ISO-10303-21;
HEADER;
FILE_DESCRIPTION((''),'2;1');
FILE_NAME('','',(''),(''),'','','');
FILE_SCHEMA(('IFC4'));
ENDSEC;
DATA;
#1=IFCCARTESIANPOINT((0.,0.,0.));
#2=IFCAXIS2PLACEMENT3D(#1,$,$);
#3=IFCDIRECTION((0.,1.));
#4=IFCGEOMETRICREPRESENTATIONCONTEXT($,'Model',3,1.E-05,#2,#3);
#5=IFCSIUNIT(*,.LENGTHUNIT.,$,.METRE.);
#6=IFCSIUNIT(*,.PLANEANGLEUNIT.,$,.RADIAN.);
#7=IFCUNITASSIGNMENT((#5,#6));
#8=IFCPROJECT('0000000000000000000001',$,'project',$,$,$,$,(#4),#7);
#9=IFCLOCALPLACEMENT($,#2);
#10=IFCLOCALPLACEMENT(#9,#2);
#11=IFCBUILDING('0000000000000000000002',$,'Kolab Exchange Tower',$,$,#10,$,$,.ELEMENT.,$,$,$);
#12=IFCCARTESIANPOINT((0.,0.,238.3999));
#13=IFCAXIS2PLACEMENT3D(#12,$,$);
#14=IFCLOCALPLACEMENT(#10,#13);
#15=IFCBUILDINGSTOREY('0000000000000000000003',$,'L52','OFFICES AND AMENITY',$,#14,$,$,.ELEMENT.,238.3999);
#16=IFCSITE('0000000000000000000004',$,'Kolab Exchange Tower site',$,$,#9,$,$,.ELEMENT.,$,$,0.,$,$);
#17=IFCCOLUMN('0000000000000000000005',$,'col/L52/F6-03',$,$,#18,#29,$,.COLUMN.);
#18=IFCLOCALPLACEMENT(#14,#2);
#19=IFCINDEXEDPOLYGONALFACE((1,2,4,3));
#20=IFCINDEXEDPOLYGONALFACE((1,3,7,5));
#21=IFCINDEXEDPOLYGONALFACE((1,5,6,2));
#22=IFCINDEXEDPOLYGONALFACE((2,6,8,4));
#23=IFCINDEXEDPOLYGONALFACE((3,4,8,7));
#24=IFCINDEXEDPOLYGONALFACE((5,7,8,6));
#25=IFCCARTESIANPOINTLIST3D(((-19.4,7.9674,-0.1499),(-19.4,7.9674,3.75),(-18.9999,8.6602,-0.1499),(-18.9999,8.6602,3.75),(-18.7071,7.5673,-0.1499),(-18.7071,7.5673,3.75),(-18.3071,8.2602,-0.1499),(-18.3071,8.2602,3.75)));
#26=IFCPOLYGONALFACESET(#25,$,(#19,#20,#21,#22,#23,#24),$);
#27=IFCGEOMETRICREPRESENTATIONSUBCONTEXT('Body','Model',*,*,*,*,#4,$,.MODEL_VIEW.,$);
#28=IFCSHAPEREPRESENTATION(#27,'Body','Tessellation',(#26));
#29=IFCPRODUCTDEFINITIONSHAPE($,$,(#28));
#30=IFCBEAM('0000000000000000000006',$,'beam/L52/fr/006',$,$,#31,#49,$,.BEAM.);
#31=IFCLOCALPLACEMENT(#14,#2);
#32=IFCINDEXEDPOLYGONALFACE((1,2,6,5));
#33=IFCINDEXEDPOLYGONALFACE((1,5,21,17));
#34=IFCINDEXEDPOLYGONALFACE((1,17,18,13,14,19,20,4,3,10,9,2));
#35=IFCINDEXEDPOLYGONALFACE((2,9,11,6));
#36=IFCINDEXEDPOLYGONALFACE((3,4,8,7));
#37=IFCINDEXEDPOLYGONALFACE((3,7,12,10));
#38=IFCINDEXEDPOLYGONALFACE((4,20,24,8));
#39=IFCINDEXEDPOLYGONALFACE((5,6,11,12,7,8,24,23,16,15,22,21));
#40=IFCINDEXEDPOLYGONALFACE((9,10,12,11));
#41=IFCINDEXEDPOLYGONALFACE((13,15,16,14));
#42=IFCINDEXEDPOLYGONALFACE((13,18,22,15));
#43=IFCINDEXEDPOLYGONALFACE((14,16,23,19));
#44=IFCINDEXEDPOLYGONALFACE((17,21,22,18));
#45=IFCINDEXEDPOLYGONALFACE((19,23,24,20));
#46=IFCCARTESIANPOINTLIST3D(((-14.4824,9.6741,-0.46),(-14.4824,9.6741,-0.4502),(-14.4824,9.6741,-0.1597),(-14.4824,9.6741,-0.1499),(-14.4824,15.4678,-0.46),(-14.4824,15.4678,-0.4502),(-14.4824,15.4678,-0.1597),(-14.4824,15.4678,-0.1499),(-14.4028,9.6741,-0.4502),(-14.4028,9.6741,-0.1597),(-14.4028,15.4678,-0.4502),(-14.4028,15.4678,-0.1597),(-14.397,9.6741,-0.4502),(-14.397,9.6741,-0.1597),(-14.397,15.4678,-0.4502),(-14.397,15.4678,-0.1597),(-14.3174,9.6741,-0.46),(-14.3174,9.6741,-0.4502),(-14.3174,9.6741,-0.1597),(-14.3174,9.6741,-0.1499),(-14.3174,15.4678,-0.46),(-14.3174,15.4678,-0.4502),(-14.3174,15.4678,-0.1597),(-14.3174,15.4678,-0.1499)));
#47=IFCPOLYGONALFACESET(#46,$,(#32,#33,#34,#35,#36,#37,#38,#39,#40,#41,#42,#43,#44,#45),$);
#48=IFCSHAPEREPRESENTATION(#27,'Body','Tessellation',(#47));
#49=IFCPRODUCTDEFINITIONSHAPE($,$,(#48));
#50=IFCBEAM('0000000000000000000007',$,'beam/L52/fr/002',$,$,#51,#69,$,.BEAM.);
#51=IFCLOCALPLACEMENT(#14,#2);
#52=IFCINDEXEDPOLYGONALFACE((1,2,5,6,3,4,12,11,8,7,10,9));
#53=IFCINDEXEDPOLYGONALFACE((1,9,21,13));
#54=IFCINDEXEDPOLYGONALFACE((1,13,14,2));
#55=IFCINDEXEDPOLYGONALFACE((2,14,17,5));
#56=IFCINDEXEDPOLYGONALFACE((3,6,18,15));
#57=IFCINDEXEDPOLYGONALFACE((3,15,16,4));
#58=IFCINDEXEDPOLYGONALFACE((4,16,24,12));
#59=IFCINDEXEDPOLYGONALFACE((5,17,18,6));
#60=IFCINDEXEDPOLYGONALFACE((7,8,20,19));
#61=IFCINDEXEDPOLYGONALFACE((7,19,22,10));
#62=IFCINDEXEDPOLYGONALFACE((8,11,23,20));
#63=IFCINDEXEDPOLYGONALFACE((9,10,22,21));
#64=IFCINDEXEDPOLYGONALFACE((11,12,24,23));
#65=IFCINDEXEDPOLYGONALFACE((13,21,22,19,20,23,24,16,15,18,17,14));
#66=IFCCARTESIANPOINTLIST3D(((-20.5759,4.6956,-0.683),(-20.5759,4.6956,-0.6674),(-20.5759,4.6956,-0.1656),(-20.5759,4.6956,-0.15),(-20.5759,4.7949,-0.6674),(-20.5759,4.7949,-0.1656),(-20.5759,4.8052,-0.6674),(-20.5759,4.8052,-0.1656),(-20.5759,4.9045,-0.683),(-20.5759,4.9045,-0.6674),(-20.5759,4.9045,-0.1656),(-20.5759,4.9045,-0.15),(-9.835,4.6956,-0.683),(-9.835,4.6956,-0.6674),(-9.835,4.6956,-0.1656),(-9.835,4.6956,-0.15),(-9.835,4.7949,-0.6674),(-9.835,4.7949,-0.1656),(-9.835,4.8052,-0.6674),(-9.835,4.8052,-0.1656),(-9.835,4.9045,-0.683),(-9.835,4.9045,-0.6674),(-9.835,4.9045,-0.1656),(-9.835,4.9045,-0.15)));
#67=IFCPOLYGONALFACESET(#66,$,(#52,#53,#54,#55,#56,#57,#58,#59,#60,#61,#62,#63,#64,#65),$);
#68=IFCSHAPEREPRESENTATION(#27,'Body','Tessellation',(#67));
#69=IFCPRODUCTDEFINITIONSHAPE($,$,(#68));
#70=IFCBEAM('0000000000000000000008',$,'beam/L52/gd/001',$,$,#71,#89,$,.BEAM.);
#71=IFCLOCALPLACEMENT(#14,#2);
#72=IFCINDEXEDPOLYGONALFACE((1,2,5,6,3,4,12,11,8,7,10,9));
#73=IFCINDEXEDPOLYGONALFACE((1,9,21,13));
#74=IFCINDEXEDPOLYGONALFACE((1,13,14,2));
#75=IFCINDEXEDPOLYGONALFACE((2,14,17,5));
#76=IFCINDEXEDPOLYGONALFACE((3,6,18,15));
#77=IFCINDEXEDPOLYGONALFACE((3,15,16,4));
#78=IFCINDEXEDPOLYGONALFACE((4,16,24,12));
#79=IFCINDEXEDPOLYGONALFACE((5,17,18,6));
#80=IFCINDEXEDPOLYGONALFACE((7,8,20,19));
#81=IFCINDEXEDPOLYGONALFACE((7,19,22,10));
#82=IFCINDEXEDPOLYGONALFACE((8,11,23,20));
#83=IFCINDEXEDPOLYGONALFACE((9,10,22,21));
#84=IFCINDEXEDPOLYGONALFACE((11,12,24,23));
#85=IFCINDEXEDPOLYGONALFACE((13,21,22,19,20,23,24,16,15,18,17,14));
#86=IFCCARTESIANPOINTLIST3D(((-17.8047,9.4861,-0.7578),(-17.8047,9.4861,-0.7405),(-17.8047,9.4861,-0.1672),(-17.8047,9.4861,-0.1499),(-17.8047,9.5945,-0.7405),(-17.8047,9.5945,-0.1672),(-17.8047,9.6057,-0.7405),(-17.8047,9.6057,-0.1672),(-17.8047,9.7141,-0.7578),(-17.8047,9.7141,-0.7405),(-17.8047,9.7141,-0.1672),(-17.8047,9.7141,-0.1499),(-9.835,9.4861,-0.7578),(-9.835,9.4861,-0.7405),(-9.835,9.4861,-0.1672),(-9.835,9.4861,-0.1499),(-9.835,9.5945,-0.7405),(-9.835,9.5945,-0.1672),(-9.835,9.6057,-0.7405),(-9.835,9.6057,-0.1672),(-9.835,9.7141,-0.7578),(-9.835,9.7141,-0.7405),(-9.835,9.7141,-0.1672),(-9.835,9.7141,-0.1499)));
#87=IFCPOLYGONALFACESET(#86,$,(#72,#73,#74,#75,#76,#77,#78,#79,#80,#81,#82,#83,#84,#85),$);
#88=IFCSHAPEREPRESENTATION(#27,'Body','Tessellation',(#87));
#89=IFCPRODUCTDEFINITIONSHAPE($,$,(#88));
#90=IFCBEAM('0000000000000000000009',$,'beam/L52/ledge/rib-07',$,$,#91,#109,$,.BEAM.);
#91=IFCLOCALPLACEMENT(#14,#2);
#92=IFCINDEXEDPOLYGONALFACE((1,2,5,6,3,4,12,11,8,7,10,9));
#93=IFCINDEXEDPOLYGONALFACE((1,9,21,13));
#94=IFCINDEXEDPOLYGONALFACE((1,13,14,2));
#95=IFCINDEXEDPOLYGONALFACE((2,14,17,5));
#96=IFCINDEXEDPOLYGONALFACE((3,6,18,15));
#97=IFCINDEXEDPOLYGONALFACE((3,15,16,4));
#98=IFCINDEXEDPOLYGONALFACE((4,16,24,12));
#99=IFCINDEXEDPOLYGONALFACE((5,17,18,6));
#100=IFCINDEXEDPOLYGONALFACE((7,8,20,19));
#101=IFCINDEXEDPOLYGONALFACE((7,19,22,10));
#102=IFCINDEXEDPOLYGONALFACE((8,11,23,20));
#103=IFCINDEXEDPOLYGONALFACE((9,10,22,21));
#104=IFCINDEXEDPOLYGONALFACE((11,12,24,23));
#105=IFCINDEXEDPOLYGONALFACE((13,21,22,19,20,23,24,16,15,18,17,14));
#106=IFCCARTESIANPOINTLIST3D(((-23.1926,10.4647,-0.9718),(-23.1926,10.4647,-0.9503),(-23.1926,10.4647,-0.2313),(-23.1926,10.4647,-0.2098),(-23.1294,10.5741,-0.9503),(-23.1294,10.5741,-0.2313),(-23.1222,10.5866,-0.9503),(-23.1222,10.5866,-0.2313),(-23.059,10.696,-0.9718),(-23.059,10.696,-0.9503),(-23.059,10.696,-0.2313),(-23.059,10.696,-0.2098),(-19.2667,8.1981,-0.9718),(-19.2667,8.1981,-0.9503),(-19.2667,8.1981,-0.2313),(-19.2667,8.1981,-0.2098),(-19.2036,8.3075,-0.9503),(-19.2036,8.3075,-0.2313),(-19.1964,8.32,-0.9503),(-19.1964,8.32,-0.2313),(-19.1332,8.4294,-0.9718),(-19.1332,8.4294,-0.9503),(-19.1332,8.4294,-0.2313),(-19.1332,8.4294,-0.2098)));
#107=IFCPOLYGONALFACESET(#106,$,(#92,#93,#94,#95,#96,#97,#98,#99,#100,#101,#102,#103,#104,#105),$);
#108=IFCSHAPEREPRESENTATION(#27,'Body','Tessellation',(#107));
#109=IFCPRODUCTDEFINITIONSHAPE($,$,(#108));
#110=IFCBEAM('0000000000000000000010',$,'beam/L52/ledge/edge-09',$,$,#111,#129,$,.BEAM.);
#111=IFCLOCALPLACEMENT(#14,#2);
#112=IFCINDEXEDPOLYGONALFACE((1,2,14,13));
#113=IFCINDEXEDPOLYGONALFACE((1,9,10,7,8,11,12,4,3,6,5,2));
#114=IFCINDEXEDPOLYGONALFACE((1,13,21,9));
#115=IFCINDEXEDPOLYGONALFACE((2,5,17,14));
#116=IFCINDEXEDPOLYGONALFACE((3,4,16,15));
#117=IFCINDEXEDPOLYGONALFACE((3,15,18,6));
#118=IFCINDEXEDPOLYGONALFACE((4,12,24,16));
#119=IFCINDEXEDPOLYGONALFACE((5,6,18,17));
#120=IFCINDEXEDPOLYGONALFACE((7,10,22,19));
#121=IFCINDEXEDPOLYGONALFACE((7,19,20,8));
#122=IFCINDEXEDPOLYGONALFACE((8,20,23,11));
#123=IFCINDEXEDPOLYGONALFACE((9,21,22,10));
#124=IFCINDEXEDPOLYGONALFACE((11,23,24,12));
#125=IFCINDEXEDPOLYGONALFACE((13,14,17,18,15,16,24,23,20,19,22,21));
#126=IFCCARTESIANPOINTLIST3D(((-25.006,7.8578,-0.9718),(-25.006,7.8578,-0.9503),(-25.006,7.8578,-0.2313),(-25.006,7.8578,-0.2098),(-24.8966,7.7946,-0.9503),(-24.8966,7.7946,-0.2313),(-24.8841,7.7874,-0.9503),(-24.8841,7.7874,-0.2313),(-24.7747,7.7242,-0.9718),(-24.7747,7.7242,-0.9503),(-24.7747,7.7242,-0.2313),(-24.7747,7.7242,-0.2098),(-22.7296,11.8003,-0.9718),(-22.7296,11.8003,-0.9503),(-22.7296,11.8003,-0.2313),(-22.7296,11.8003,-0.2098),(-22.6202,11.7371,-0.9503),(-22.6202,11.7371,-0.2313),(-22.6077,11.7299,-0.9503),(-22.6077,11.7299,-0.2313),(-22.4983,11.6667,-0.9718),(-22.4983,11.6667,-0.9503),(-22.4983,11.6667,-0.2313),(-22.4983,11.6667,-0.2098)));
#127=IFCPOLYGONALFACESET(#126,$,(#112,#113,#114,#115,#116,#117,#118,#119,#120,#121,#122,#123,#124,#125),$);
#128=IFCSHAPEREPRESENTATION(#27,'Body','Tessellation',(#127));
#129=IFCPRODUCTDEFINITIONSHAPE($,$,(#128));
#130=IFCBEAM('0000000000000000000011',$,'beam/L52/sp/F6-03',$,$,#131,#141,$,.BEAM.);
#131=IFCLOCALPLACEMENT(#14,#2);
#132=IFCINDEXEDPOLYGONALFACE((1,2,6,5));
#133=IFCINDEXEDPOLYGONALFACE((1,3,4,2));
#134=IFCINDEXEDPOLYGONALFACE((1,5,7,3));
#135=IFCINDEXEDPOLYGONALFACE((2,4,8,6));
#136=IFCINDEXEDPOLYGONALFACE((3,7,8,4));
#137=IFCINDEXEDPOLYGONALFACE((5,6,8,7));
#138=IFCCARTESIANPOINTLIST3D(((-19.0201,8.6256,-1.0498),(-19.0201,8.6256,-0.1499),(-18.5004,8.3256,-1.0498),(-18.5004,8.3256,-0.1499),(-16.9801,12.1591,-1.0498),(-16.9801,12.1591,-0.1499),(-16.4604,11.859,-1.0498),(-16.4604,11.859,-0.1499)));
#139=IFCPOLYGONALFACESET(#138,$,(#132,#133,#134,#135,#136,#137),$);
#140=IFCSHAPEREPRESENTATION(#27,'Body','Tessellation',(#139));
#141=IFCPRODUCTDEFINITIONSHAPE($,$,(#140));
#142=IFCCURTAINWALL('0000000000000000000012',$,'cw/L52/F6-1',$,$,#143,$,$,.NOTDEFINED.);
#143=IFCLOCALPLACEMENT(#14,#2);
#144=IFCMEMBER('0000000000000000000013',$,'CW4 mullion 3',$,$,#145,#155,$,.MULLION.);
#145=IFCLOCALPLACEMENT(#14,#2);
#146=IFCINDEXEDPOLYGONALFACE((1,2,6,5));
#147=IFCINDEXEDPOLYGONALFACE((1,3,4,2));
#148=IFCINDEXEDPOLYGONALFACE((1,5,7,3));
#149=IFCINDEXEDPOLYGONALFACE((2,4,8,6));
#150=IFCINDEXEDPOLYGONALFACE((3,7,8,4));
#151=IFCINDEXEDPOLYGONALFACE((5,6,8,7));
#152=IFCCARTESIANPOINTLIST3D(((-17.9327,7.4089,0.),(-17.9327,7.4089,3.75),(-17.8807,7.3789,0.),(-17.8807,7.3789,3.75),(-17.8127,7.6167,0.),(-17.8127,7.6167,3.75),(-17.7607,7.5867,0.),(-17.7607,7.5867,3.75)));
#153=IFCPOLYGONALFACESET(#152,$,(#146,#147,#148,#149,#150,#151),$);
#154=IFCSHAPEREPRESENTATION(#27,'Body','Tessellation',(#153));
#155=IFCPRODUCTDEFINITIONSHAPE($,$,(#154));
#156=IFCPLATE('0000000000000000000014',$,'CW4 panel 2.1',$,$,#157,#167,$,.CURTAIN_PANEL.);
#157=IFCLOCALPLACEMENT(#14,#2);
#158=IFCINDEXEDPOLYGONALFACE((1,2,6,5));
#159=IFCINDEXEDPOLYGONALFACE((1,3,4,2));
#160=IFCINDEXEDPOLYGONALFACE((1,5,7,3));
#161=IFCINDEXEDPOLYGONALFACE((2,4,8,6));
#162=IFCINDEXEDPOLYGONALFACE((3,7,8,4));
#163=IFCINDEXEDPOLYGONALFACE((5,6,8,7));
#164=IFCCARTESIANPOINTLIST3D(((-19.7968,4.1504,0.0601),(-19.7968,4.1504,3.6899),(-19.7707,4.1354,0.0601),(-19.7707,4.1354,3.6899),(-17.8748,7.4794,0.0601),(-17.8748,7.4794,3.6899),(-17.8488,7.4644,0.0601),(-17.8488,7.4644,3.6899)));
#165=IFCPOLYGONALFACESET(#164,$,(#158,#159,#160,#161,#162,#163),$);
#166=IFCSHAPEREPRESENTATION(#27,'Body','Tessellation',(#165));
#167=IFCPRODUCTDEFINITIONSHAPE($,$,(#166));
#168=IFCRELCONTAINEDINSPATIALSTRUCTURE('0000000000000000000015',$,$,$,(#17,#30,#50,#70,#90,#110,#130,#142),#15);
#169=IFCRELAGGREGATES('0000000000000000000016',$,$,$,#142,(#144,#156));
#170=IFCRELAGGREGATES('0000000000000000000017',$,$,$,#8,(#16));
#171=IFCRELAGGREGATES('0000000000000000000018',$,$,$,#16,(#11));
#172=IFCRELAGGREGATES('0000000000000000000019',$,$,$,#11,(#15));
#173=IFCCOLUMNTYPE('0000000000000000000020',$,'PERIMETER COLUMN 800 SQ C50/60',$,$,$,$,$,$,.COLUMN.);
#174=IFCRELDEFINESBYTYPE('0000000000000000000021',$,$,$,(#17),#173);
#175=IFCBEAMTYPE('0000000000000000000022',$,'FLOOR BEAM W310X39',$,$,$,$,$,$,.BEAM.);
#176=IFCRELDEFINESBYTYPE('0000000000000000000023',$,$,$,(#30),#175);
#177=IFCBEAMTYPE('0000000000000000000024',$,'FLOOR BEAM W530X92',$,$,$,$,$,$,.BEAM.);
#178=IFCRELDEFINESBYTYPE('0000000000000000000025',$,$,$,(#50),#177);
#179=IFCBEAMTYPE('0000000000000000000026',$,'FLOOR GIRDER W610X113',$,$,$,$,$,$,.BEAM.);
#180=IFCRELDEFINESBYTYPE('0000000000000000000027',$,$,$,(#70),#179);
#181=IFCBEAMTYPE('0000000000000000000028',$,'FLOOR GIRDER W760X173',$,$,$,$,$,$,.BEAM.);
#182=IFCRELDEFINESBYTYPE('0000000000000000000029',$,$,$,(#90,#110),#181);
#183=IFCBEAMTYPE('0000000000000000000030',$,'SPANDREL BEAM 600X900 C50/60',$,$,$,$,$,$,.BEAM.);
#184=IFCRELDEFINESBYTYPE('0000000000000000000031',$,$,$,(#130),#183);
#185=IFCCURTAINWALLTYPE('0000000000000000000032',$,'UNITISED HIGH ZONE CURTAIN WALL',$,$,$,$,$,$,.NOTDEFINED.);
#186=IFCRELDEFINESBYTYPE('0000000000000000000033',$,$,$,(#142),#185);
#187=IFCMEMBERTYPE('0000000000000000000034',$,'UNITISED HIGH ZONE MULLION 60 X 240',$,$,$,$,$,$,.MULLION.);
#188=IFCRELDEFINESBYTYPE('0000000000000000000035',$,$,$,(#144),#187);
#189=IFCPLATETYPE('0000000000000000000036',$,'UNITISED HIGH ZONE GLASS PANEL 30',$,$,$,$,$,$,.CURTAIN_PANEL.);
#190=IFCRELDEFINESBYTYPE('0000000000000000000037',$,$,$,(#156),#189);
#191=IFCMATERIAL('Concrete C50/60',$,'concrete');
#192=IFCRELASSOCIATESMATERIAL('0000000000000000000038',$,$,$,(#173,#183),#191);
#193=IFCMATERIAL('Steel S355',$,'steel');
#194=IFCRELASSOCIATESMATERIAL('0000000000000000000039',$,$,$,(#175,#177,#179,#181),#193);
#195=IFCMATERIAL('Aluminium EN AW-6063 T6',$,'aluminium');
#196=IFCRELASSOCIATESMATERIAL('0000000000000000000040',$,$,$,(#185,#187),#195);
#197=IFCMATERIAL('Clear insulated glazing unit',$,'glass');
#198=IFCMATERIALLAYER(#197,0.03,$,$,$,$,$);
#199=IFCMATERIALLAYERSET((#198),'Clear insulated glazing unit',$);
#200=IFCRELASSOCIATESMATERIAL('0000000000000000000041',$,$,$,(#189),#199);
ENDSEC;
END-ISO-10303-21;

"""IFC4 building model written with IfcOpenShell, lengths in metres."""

from ifc_helpers import new_model, si_unit, direction, frame, origin, origin_2d, place, context, subcontext, project, spatial, rectangle, i_section, extrude, material, layer, layer_set, material_profile, profile_set, type_object, element, aggregate, save


model = new_model("IFC4")

# Units and contexts
model_context = context("Model", 3, precision=1e-05, world=origin(), true_north=direction((0.0, 1.0)))
body_context = subcontext(model_context, "Body", "Model", "MODEL_VIEW")
ifc_project = project(units=[si_unit("LENGTHUNIT", "METRE"), si_unit("PLANEANGLEUNIT", "RADIAN")], contexts=[model_context])

# Site, building, storey
site_placement = place(None, origin())
site = spatial("IfcSite", under=ifc_project, at=site_placement, Name="Kolab Exchange Tower site", CompositionType="ELEMENT", RefElevation=0.0)
building_placement = place(site_placement, origin())
building = spatial("IfcBuilding", under=site, at=building_placement, Name="Kolab Exchange Tower", CompositionType="ELEMENT")
storey_placement = place(building_placement, frame((0.0, 0.0, 238.3999)))
storey = spatial("IfcBuildingStorey", under=building, at=storey_placement, Name="L52", Description="OFFICES AND AMENITY", CompositionType="ELEMENT", Elevation=238.3999)

# Column
ifc_material_1 = material(Name="Concrete C50/60", Category="concrete")
ifc_material_profile_1 = material_profile(ifc_material_1, rectangle(XDim=0.8, YDim=0.8, at=origin_2d()), Name="RC800")
ifc_profile_set_1 = profile_set([ifc_material_profile_1], Name="Concrete C50/60")
column_type = type_object("IfcColumnType", Name="PERIMETER COLUMN 800 SQ C50/60", PredefinedType="COLUMN", material=ifc_profile_set_1)
column_placement = place(storey_placement, frame((-18.8535, 8.1138, -0.1499), z_axis=(0.0, 0.0, 1.0), x_axis=(0.5, 0.866025, 0.0)))
element("IfcColumn", 1, at=column_placement, inside=storey, type_object=column_type, Name="col/L52/F6-03", PredefinedType="COLUMN", context=body_context, shape_type="SweptSolid", body=[
    extrude(rectangle(XDim=0.8, YDim=0.8, at=origin_2d()), origin(), (0.0, 0.0, 1.0), 3.8999),
])

# Beams
ifc_material_2 = material(Name="Steel S355", Category="steel")
ifc_material_profile_2 = material_profile(ifc_material_2, i_section(OverallWidth=0.165, OverallDepth=0.3101, WebThickness=0.0059, FlangeThickness=0.0098, at=origin_2d()), Name="W310X39")
ifc_profile_set_2 = profile_set([ifc_material_profile_2], Name="Steel S355")
beam_type_1 = type_object("IfcBeamType", Name="FLOOR BEAM W310X39", PredefinedType="BEAM", material=ifc_profile_set_2)
beam_1_placement = place(storey_placement, frame((-14.3999, 9.6741, -0.3049), z_axis=(0.0, 1.0, 0.0), x_axis=(-1.0, 0.0, 0.0)))
element("IfcBeam", 2, at=beam_1_placement, inside=storey, type_object=beam_type_1, Name="beam/L52/fr/006", PredefinedType="BEAM", context=body_context, shape_type="SweptSolid", body=[
    extrude(i_section(OverallWidth=0.165, OverallDepth=0.3101, WebThickness=0.0059, FlangeThickness=0.0098, at=origin_2d()), origin(), (0.0, 0.0, 1.0), 5.7937),
])
ifc_material_profile_3 = material_profile(ifc_material_2, i_section(OverallWidth=0.209, OverallDepth=0.533, WebThickness=0.0103, FlangeThickness=0.0156, at=origin_2d()), Name="W530X92")
ifc_profile_set_3 = profile_set([ifc_material_profile_3], Name="Steel S355")
beam_type_2 = type_object("IfcBeamType", Name="FLOOR BEAM W530X92", PredefinedType="BEAM", material=ifc_profile_set_3)
beam_2_placement = place(storey_placement, frame((-20.5759, 4.8, -0.4165), z_axis=(1.0, 0.0, 0.0), x_axis=(0.0, 1.0, 0.0)))
element("IfcBeam", 3, at=beam_2_placement, inside=storey, type_object=beam_type_2, Name="beam/L52/fr/002", PredefinedType="BEAM", context=body_context, shape_type="SweptSolid", body=[
    extrude(i_section(OverallWidth=0.209, OverallDepth=0.533, WebThickness=0.0103, FlangeThickness=0.0156, at=origin_2d()), origin(), (0.0, 0.0, 1.0), 10.741),
])
ifc_material_profile_4 = material_profile(ifc_material_2, i_section(OverallWidth=0.228, OverallDepth=0.6079, WebThickness=0.0112, FlangeThickness=0.0173, at=origin_2d()), Name="W610X113")
ifc_profile_set_4 = profile_set([ifc_material_profile_4], Name="Steel S355")
beam_type_3 = type_object("IfcBeamType", Name="FLOOR GIRDER W610X113", PredefinedType="BEAM", material=ifc_profile_set_4)
beam_3_placement = place(storey_placement, frame((-17.8047, 9.6001, -0.4539), z_axis=(1.0, 0.0, 0.0), x_axis=(0.0, 1.0, 0.0)))
element("IfcBeam", 4, at=beam_3_placement, inside=storey, type_object=beam_type_3, Name="beam/L52/gd/001", PredefinedType="BEAM", context=body_context, shape_type="SweptSolid", body=[
    extrude(i_section(OverallWidth=0.228, OverallDepth=0.6079, WebThickness=0.0112, FlangeThickness=0.0173, at=origin_2d()), origin(), (0.0, 0.0, 1.0), 7.9697),
])
ifc_material_profile_5 = material_profile(ifc_material_2, i_section(OverallWidth=0.2671, OverallDepth=0.762, WebThickness=0.0144, FlangeThickness=0.0215, at=origin_2d()), Name="W760X173")
ifc_profile_set_5 = profile_set([ifc_material_profile_5], Name="Steel S355")
beam_type_4 = type_object("IfcBeamType", Name="FLOOR GIRDER W760X173", PredefinedType="BEAM", material=ifc_profile_set_5)
beam_4_placement = place(storey_placement, frame((-19.2, 8.3137, -0.5908), z_axis=(-0.866021, 0.500008, 0.0), x_axis=(-0.500008, -0.866021, 0.0)))
element("IfcBeam", 5, at=beam_4_placement, inside=storey, type_object=beam_type_4, Name="beam/L52/ledge/rib-07", PredefinedType="BEAM", context=body_context, shape_type="SweptSolid", body=[
    extrude(i_section(OverallWidth=0.2671, OverallDepth=0.762, WebThickness=0.0144, FlangeThickness=0.0215, at=origin_2d()), origin(), (0.0, 0.0, 1.0), 4.5332),
])
beam_5_placement = place(storey_placement, frame((-24.8904, 7.791, -0.5908), z_axis=(0.500038, 0.866003, 0.0), x_axis=(-0.866003, 0.500038, 0.0)))
element("IfcBeam", 6, at=beam_5_placement, inside=storey, type_object=beam_type_4, Name="beam/L52/ledge/edge-09", PredefinedType="BEAM", context=body_context, shape_type="SweptSolid", body=[
    extrude(i_section(OverallWidth=0.2671, OverallDepth=0.762, WebThickness=0.0144, FlangeThickness=0.0215, at=origin_2d()), origin(), (0.0, 0.0, 1.0), 4.5525),
])
ifc_material_profile_6 = material_profile(ifc_material_1, rectangle(XDim=0.6001, YDim=0.8999, at=origin_2d()), Name="RC600X900")
ifc_profile_set_6 = profile_set([ifc_material_profile_6], Name="Concrete C50/60")
beam_type_5 = type_object("IfcBeamType", Name="SPANDREL BEAM 600X900 C50/60", PredefinedType="BEAM", material=ifc_profile_set_6)
beam_6_placement = place(storey_placement, frame((-18.7603, 8.4756, -0.5999), z_axis=(0.5, 0.866025, 0.0), x_axis=(-0.866025, 0.5, 0.0)))
element("IfcBeam", 7, at=beam_6_placement, inside=storey, type_object=beam_type_5, Name="beam/L52/sp/F6-03", PredefinedType="BEAM", context=body_context, shape_type="SweptSolid", body=[
    extrude(rectangle(XDim=0.6001, YDim=0.8999, at=origin_2d()), origin(), (0.0, 0.0, 1.0), 4.0801),
])

# Curtain wall, member, plate
ifc_material_3 = material(Name="Aluminium EN AW-6063 T6", Category="aluminium")
curtain_wall_type = type_object("IfcCurtainWallType", Name="UNITISED HIGH ZONE CURTAIN WALL", PredefinedType="NOTDEFINED", material=ifc_material_3)
curtain_wall_placement = place(storey_placement, origin())
curtain_wall = element("IfcCurtainWall", 8, at=curtain_wall_placement, inside=storey, type_object=curtain_wall_type, Name="cw/L52/F6-1", PredefinedType="NOTDEFINED")
ifc_material_profile_7 = material_profile(ifc_material_3, rectangle(XDim=0.0601, YDim=0.24, at=origin_2d()), Name="RECT 60X240")
ifc_profile_set_7 = profile_set([ifc_material_profile_7], Name="Aluminium EN AW-6063 T6")
member_type = type_object("IfcMemberType", Name="UNITISED HIGH ZONE MULLION 60 X 240", PredefinedType="MULLION", material=ifc_profile_set_7)
member_placement = place(storey_placement, frame((-17.8467, 7.4978, 0.0), z_axis=(0.0, 0.0, 1.0), x_axis=(-0.866025, 0.5, 0.0)))
member = element("IfcMember", 9, at=member_placement, type_object=member_type, Name="CW4 mullion 3", PredefinedType="MULLION", context=body_context, shape_type="SweptSolid", body=[
    extrude(rectangle(XDim=0.0601, YDim=0.24, at=origin_2d()), origin(), (0.0, 0.0, 1.0), 3.75),
])
ifc_material_4 = material(Name="Clear insulated glazing unit", Category="glass")
ifc_layer_1 = layer(ifc_material_4, 0.03)
ifc_layer_set_1 = layer_set([ifc_layer_1], Name="Clear insulated glazing unit")
plate_type = type_object("IfcPlateType", Name="UNITISED HIGH ZONE GLASS PANEL 30", PredefinedType="CURTAIN_PANEL", material=ifc_layer_set_1)
plate_placement = place(storey_placement, frame((-18.8228, 5.8074, 0.0601), z_axis=(0.0, 0.0, 1.0), x_axis=(0.5, 0.866025, 0.0)))
plate = element("IfcPlate", 10, at=plate_placement, type_object=plate_type, Name="CW4 panel 2.1", PredefinedType="CURTAIN_PANEL", context=body_context, shape_type="SweptSolid", body=[
    extrude(rectangle(XDim=3.844, YDim=0.03, at=origin_2d()), origin(), (0.0, 0.0, 1.0), 3.6299),
])
aggregate(curtain_wall, [member, plate])

save(model, "model.ifc")
